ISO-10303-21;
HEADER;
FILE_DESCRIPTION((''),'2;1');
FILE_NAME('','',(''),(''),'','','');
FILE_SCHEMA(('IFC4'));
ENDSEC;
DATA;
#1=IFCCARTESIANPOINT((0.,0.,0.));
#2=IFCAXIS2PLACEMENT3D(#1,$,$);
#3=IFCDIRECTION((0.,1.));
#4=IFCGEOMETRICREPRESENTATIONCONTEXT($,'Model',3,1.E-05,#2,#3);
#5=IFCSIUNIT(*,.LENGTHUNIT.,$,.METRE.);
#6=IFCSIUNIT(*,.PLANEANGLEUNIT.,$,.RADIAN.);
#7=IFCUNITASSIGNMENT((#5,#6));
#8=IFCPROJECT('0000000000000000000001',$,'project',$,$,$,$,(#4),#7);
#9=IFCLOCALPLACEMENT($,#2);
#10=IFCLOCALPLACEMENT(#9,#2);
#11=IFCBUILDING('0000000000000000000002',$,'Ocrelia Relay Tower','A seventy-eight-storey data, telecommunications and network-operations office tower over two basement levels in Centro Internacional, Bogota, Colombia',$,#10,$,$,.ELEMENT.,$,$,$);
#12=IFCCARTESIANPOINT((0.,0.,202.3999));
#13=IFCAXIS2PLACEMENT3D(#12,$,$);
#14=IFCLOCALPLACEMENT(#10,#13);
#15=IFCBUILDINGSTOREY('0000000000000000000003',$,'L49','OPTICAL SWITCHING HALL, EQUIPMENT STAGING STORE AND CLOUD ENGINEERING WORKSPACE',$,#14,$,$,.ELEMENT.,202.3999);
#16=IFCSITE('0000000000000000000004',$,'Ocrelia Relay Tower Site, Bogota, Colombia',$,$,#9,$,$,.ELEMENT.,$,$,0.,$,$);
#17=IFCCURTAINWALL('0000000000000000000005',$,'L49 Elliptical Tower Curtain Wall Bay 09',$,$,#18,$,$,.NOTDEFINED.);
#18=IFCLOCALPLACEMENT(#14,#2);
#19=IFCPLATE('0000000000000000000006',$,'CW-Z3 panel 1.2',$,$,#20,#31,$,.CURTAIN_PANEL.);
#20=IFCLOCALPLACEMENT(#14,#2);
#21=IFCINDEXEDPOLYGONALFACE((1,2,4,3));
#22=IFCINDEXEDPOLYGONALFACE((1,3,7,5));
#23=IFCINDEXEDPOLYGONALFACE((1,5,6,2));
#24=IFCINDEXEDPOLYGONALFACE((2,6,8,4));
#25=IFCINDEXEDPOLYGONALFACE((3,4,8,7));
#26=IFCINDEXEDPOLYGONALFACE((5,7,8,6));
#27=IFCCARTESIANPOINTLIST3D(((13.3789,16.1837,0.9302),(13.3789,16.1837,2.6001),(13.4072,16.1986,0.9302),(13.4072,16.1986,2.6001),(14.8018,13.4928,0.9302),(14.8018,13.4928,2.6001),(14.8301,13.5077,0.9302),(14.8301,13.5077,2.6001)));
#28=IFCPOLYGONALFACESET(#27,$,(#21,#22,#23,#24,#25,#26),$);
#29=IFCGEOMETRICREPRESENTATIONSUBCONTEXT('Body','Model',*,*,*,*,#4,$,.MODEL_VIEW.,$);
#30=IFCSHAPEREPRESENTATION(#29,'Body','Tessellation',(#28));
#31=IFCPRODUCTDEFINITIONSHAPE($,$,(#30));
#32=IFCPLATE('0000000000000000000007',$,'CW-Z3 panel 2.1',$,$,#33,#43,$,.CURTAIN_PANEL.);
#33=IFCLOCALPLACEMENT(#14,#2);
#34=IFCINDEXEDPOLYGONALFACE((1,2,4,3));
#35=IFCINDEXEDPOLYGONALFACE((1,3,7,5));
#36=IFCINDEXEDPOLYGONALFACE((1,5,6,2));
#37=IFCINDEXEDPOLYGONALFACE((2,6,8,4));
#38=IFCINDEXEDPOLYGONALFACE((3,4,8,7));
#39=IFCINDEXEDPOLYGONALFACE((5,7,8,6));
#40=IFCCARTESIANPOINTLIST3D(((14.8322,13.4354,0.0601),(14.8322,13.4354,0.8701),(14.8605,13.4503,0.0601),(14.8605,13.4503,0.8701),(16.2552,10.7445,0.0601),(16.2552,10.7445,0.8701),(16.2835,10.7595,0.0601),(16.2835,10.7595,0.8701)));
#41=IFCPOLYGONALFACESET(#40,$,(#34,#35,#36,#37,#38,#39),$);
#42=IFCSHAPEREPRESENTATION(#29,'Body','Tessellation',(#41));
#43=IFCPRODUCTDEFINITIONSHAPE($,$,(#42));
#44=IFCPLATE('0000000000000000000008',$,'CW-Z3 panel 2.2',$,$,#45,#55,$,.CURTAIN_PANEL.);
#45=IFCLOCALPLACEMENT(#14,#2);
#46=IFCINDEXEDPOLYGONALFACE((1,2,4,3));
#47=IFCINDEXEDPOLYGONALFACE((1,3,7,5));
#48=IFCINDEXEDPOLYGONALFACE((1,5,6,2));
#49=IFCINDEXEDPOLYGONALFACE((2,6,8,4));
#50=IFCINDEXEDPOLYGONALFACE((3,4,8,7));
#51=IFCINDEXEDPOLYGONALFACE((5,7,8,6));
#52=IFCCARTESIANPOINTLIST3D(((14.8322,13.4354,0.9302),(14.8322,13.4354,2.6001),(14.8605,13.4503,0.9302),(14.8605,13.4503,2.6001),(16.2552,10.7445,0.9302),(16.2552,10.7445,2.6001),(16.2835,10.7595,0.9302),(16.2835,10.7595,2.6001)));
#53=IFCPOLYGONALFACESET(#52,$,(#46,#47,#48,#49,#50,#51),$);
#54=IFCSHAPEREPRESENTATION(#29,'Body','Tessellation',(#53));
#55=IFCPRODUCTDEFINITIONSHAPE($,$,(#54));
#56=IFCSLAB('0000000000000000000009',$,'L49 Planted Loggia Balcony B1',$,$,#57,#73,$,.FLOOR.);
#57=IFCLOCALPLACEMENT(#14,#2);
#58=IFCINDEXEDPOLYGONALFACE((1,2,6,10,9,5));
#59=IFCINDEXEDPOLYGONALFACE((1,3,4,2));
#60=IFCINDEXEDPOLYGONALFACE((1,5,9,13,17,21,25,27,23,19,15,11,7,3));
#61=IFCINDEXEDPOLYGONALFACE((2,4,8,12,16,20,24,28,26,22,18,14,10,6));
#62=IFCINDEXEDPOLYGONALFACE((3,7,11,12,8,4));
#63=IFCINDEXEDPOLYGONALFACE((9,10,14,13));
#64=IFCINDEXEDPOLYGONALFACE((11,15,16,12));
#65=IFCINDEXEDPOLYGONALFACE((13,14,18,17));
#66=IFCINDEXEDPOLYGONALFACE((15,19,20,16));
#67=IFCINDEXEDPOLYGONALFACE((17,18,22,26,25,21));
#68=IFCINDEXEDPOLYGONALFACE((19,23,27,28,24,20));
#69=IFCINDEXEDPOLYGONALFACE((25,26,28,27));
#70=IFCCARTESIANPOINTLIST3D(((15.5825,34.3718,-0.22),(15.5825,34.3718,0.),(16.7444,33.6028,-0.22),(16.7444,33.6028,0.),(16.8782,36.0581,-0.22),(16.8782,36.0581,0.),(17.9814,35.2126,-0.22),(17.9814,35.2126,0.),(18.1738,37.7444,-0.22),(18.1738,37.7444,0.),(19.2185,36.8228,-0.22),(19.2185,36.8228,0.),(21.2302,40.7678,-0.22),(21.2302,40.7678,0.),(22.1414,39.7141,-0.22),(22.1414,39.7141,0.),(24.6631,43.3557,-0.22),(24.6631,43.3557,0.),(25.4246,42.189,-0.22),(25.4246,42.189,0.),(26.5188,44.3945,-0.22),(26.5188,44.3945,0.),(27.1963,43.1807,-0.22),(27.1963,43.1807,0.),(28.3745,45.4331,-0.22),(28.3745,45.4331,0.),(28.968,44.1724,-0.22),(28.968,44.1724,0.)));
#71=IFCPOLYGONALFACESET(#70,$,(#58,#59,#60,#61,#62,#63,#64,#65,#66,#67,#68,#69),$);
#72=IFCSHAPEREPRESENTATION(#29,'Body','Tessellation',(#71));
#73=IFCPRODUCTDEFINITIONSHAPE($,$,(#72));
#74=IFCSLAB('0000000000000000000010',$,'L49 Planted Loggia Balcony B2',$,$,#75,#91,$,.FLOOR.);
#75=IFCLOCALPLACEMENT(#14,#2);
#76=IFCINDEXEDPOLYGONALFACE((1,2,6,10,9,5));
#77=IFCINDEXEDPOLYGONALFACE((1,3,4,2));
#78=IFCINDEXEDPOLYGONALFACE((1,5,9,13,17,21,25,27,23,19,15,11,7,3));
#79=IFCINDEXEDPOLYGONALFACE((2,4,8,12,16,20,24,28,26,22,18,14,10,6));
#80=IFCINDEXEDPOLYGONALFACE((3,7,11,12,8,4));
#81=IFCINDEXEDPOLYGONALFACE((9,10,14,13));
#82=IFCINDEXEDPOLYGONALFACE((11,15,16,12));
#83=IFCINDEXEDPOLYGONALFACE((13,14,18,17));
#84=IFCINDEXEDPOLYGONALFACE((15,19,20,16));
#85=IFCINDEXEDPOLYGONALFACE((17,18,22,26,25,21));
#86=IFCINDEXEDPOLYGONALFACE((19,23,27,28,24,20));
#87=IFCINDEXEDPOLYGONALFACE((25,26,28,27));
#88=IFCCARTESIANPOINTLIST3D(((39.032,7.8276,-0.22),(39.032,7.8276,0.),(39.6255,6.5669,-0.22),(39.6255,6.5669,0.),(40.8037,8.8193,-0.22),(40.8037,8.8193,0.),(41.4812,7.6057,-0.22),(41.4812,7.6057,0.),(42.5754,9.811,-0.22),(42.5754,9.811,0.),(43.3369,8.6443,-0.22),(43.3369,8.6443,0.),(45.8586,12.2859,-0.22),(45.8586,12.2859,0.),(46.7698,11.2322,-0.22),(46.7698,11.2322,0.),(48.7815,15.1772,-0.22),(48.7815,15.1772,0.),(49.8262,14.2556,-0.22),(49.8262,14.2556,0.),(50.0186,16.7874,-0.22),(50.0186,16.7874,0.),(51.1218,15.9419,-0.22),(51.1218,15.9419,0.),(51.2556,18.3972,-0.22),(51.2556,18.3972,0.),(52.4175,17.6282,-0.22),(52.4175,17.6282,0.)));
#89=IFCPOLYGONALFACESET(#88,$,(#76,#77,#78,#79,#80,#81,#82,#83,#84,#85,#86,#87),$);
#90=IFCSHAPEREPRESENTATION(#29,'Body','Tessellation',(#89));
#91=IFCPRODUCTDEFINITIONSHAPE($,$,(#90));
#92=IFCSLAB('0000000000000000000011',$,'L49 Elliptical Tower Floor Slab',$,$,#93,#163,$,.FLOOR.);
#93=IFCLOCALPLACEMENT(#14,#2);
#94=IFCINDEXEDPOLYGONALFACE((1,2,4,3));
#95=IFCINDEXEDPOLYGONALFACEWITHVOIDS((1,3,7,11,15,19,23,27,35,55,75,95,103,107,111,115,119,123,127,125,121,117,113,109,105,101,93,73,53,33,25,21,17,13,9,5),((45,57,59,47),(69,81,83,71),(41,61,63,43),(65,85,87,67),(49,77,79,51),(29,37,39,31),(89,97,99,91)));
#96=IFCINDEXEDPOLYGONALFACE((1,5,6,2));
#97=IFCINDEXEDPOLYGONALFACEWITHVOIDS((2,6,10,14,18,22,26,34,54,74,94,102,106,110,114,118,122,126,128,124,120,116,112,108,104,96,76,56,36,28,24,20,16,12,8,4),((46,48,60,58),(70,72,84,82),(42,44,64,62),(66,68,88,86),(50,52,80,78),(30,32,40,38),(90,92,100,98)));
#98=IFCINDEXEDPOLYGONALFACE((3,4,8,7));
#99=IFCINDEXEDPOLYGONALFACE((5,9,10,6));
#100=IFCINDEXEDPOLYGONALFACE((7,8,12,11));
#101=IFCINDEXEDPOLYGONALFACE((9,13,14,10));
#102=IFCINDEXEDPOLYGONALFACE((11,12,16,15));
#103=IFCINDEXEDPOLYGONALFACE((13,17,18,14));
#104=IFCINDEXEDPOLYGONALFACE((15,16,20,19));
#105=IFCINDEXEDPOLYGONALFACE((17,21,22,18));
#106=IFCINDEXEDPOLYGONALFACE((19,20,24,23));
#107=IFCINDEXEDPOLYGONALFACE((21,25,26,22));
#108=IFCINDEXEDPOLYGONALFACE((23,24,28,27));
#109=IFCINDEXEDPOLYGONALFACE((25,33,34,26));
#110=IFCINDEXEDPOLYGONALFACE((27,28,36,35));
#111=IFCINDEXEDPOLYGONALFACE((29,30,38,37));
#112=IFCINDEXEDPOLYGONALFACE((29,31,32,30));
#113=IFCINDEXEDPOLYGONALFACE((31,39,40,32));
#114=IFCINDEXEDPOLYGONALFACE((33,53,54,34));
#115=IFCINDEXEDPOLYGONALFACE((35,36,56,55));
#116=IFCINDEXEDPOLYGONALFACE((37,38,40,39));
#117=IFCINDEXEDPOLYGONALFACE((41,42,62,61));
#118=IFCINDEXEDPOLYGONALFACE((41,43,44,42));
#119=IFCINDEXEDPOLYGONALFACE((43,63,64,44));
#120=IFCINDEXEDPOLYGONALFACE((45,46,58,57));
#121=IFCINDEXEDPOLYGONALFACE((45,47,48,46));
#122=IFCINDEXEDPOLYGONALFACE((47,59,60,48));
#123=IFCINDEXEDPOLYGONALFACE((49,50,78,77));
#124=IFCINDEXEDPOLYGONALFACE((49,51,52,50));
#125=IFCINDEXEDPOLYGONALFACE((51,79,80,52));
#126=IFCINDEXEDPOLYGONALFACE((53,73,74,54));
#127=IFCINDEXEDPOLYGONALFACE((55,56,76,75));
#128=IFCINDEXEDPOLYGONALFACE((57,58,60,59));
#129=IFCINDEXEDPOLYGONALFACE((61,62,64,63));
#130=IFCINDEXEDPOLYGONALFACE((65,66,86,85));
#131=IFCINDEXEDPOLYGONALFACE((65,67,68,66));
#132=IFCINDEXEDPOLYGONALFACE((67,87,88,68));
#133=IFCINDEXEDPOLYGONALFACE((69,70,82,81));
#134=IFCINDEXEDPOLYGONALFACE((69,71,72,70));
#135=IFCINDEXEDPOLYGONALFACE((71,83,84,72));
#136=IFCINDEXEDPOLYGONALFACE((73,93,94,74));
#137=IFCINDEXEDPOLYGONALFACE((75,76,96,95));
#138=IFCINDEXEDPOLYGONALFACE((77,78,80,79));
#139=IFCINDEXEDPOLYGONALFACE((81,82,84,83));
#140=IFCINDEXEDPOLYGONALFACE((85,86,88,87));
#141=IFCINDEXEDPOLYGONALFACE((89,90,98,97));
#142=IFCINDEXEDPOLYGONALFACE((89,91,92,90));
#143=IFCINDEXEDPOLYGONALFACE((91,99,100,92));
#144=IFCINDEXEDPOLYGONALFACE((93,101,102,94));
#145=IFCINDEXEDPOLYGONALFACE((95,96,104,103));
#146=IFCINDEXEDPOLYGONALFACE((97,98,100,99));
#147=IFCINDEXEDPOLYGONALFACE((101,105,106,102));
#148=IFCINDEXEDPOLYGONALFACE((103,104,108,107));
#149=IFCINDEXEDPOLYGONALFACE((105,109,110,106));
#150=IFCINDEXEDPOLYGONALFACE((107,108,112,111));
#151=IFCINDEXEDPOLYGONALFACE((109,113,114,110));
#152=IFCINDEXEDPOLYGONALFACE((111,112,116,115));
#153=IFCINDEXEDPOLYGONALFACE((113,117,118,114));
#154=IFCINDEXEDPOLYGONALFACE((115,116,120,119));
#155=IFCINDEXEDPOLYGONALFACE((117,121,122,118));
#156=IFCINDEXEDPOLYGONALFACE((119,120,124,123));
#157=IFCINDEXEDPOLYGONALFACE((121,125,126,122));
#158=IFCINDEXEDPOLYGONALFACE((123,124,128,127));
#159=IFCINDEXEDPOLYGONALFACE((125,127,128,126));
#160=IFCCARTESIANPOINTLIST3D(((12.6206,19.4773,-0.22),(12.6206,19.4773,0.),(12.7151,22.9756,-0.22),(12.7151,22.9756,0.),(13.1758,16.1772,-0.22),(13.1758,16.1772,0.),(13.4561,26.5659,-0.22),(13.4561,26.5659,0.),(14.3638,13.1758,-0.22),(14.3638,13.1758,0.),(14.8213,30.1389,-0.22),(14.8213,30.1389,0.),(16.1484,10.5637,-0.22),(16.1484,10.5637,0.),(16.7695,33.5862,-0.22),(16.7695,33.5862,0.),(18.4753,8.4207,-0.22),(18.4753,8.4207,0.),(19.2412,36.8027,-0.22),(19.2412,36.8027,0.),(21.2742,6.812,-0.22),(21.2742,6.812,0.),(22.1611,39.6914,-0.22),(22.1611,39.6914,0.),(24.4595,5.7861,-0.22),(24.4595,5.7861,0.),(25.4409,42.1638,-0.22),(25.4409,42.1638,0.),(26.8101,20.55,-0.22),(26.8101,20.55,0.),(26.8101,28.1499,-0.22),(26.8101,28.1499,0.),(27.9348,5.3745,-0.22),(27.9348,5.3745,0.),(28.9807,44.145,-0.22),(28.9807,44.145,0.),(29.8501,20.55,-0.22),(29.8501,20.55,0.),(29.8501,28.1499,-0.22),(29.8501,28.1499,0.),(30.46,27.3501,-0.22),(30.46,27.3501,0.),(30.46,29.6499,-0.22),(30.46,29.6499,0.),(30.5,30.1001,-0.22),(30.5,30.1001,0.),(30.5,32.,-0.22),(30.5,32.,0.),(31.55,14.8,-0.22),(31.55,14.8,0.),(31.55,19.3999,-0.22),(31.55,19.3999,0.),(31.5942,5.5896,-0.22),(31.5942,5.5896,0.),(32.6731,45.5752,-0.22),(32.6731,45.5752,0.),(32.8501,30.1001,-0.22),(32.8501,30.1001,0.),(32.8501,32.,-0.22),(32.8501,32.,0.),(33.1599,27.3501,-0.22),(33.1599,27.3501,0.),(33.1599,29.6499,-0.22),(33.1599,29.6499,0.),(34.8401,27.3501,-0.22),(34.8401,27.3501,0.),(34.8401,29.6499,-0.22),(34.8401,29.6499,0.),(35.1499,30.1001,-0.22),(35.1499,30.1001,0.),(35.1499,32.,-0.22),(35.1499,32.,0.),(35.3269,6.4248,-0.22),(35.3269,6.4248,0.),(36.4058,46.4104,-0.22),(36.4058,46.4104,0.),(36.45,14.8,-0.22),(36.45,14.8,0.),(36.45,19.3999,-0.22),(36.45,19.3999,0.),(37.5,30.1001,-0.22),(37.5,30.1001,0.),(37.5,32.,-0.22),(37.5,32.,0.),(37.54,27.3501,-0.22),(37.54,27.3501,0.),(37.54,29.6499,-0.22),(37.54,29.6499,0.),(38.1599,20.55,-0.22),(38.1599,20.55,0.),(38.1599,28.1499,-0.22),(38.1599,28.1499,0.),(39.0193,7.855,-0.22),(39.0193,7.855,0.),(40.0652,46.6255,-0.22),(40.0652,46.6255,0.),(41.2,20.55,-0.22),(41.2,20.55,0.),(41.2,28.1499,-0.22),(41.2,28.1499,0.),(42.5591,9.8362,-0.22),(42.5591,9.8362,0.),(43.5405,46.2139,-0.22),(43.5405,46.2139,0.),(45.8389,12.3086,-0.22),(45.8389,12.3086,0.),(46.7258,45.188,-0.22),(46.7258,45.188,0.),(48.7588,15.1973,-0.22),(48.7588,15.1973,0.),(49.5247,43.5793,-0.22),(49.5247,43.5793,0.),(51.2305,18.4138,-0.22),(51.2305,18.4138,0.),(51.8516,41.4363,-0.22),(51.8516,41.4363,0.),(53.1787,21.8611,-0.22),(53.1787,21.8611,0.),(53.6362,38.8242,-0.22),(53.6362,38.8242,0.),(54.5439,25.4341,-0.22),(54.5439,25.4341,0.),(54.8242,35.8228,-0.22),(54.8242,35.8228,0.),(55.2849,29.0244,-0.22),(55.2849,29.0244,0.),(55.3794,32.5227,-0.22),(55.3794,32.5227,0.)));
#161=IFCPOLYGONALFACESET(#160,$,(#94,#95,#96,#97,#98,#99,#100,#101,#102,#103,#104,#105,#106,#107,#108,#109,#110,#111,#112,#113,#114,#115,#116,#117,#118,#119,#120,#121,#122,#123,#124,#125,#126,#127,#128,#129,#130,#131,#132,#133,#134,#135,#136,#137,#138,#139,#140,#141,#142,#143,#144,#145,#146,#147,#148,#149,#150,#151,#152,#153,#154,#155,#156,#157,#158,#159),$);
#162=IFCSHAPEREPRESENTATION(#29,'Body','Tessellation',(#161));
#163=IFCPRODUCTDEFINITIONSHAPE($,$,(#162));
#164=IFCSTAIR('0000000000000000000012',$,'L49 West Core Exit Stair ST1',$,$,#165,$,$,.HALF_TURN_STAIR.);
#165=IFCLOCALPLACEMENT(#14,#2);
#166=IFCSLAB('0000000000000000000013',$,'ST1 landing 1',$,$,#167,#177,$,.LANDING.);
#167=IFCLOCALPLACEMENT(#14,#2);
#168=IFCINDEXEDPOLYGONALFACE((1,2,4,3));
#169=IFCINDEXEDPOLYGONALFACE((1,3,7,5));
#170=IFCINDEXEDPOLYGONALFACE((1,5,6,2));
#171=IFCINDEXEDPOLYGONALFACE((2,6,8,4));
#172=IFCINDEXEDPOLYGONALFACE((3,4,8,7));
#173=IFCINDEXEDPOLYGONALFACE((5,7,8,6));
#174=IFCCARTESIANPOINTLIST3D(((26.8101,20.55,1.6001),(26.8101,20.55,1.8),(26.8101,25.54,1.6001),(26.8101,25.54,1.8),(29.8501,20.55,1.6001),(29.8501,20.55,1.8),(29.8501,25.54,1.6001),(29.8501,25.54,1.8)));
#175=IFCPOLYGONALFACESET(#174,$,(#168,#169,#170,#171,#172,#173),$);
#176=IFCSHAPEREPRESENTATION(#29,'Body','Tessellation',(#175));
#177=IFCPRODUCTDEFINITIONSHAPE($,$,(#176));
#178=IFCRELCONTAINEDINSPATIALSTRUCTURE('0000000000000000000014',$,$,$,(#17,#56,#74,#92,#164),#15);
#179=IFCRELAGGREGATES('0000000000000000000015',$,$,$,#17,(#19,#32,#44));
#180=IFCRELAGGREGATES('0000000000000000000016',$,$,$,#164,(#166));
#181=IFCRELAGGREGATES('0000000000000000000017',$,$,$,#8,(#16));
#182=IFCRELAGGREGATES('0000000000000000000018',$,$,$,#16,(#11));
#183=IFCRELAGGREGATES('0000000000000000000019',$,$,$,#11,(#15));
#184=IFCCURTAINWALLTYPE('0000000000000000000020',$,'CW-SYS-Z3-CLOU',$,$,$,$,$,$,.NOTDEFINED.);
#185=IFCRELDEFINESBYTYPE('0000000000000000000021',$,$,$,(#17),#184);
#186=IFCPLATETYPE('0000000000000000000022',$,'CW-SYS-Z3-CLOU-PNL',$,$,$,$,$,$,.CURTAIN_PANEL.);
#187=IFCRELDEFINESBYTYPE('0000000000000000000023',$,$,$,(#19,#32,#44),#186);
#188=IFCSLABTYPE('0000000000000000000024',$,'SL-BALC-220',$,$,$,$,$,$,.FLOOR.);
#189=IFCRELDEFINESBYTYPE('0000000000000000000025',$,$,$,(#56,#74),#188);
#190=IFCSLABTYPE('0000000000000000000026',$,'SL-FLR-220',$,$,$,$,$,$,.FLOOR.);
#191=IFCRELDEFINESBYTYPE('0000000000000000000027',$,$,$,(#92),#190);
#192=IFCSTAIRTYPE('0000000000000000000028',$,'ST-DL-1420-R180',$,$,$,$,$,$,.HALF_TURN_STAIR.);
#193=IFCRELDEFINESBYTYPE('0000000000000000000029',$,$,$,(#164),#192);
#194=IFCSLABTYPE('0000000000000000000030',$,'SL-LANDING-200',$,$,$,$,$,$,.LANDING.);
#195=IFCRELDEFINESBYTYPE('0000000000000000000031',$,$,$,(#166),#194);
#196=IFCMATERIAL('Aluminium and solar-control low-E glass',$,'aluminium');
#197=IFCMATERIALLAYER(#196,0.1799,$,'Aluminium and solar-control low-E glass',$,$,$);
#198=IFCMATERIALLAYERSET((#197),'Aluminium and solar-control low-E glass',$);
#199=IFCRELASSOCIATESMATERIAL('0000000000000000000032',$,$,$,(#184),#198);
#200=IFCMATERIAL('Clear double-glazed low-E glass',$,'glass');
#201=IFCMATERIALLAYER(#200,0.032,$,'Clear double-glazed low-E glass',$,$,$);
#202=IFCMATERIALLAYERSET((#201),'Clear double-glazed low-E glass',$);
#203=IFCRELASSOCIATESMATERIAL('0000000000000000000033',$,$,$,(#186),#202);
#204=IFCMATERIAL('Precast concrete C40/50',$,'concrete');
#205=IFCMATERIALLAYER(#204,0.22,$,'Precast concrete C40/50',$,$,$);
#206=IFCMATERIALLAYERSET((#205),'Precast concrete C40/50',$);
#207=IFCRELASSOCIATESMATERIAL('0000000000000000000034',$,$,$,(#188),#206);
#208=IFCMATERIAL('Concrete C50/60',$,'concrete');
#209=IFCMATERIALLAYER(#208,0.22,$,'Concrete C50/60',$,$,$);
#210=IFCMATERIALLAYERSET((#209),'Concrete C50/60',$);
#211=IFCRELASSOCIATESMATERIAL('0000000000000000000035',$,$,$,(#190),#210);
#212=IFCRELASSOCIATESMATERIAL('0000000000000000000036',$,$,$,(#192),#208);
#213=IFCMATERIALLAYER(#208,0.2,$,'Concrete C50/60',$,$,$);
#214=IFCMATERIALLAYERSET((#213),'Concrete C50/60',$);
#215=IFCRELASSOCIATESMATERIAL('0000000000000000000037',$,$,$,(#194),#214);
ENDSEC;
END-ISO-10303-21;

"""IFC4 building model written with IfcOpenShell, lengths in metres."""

from ifc_helpers import new_model, si_unit, direction, frame, origin, origin_2d, place, context, subcontext, project, spatial, polyline, rectangle, outline, extrude, material, layer, layer_set, type_object, element, aggregate, save


model = new_model("IFC4")

# Units and contexts
model_context = context("Model", 3, precision=1e-05, world=origin(), true_north=direction((0.0, 1.0)))
body_context = subcontext(model_context, "Body", "Model", "MODEL_VIEW")
ifc_project = project(units=[si_unit("LENGTHUNIT", "METRE"), si_unit("PLANEANGLEUNIT", "RADIAN")], contexts=[model_context])

# Site, building, storey
site_placement = place(None, origin())
site = spatial("IfcSite", under=ifc_project, at=site_placement, Name="Ocrelia Relay Tower Site, Bogota, Colombia", CompositionType="ELEMENT", RefElevation=0.0)
building_placement = place(site_placement, origin())
building = spatial("IfcBuilding", under=site, at=building_placement, Name="Ocrelia Relay Tower", Description="A seventy-eight-storey data, telecommunications and network-operations office tower over two basement levels in Centro Internacional, Bogota, Colombia", CompositionType="ELEMENT")
storey_placement = place(building_placement, frame((0.0, 0.0, 202.3999)))
storey = spatial("IfcBuildingStorey", under=building, at=storey_placement, Name="L49", Description="OPTICAL SWITCHING HALL, EQUIPMENT STAGING STORE AND CLOUD ENGINEERING WORKSPACE", CompositionType="ELEMENT", Elevation=202.3999)

# Curtain wall
ifc_material_1 = material(Name="Aluminium and solar-control low-E glass", Category="aluminium")
ifc_layer_1 = layer(ifc_material_1, 0.1799, Name="Aluminium and solar-control low-E glass")
ifc_layer_set_1 = layer_set([ifc_layer_1], Name="Aluminium and solar-control low-E glass")
curtain_wall_type = type_object("IfcCurtainWallType", Name="CW-SYS-Z3-CLOU", PredefinedType="NOTDEFINED", material=ifc_layer_set_1)
curtain_wall_1_placement = place(storey_placement, origin())
curtain_wall_1 = element("IfcCurtainWall", 1, at=curtain_wall_1_placement, inside=storey, type_object=curtain_wall_type, Name="L49 Elliptical Tower Curtain Wall Bay 09", PredefinedType="NOTDEFINED")

# Plates
ifc_material_2 = material(Name="Clear double-glazed low-E glass", Category="glass")
ifc_layer_2 = layer(ifc_material_2, 0.032, Name="Clear double-glazed low-E glass")
ifc_layer_set_2 = layer_set([ifc_layer_2], Name="Clear double-glazed low-E glass")
plate_type = type_object("IfcPlateType", Name="CW-SYS-Z3-CLOU-PNL", PredefinedType="CURTAIN_PANEL", material=ifc_layer_set_2)
plate_1_placement = place(storey_placement, frame((14.1045, 14.8457, 0.9302), z_axis=(0.0, 0.0, 1.0), x_axis=(0.467471, -0.884008, 0.0)))
plate_1 = element("IfcPlate", 2, at=plate_1_placement, type_object=plate_type, Name="CW-Z3 panel 1.2", PredefinedType="CURTAIN_PANEL", context=body_context, shape_type="SweptSolid", body=[
    extrude(rectangle(XDim=3.0439, YDim=0.032, at=origin_2d()), origin(), (0.0, 0.0, 1.0), 1.6699),
])
plate_2_placement = place(storey_placement, frame((15.5579, 12.0974, 0.0601), z_axis=(0.0, 0.0, 1.0), x_axis=(0.467471, -0.884008, 0.0)))
plate_2 = element("IfcPlate", 3, at=plate_2_placement, type_object=plate_type, Name="CW-Z3 panel 2.1", PredefinedType="CURTAIN_PANEL", context=body_context, shape_type="SweptSolid", body=[
    extrude(rectangle(XDim=3.0439, YDim=0.032, at=origin_2d()), origin(), (0.0, 0.0, 1.0), 0.8101),
])
plate_3_placement = place(storey_placement, frame((15.5579, 12.0974, 0.9302), z_axis=(0.0, 0.0, 1.0), x_axis=(0.467471, -0.884008, 0.0)))
plate_3 = element("IfcPlate", 4, at=plate_3_placement, type_object=plate_type, Name="CW-Z3 panel 2.2", PredefinedType="CURTAIN_PANEL", context=body_context, shape_type="SweptSolid", body=[
    extrude(rectangle(XDim=3.0439, YDim=0.032, at=origin_2d()), origin(), (0.0, 0.0, 1.0), 1.6699),
])
aggregate(curtain_wall_1, [plate_1, plate_2, plate_3])

# Slabs
ifc_material_3 = material(Name="Precast concrete C40/50", Category="concrete")
ifc_layer_3 = layer(ifc_material_3, 0.22, Name="Precast concrete C40/50")
ifc_layer_set_3 = layer_set([ifc_layer_3], Name="Precast concrete C40/50")
slab_type_1 = type_object("IfcSlabType", Name="SL-BALC-220", PredefinedType="FLOOR", material=ifc_layer_set_3)
slab_1_placement = place(storey_placement, frame((0.0, 0.0, -0.22)))
element("IfcSlab", 5, at=slab_1_placement, inside=storey, type_object=slab_type_1, Name="L49 Planted Loggia Balcony B1", PredefinedType="FLOOR", context=body_context, shape_type="SweptSolid", body=[
    extrude(outline(polyline([(28.968, 44.1724), (27.1963, 43.1807), (25.4246, 42.189), (22.1414, 39.7141), (19.2185, 36.8228), (17.9814, 35.2126), (16.7444, 33.6028), (15.5825, 34.3718), (16.8782, 36.0581), (18.1738, 37.7444), (21.2302, 40.7678), (24.6631, 43.3557), (26.5188, 44.3945), (28.3745, 45.4331), (28.968, 44.1724)])), origin(), (0.0, 0.0, 1.0), 0.22),
])
slab_2_placement = place(storey_placement, frame((0.0, 0.0, -0.22)))
element("IfcSlab", 6, at=slab_2_placement, inside=storey, type_object=slab_type_1, Name="L49 Planted Loggia Balcony B2", PredefinedType="FLOOR", context=body_context, shape_type="SweptSolid", body=[
    extrude(outline(polyline([(39.032, 7.8276), (40.8037, 8.8193), (42.5754, 9.811), (45.8586, 12.2859), (48.7815, 15.1772), (50.0186, 16.7874), (51.2556, 18.3972), (52.4175, 17.6282), (51.1218, 15.9419), (49.8262, 14.2556), (46.7698, 11.2322), (43.3369, 8.6443), (41.4812, 7.6057), (39.6255, 6.5669), (39.032, 7.8276)])), origin(), (0.0, 0.0, 1.0), 0.22),
])
ifc_material_4 = material(Name="Concrete C50/60", Category="concrete")
ifc_layer_4 = layer(ifc_material_4, 0.22, Name="Concrete C50/60")
ifc_layer_set_4 = layer_set([ifc_layer_4], Name="Concrete C50/60")
slab_type_2 = type_object("IfcSlabType", Name="SL-FLR-220", PredefinedType="FLOOR", material=ifc_layer_set_4)
slab_3_placement = place(storey_placement, frame((0.0, 0.0, -0.22)))
element("IfcSlab", 7, at=slab_3_placement, inside=storey, type_object=slab_type_2, Name="L49 Elliptical Tower Floor Slab", PredefinedType="FLOOR", context=body_context, shape_type="SweptSolid", body=[
    extrude(outline(polyline([(51.8516, 41.4363), (49.5247, 43.5793), (46.7258, 45.188), (43.5405, 46.2139), (40.0652, 46.6255), (36.4058, 46.4104), (32.6731, 45.5752), (28.9807, 44.145), (25.4409, 42.1638), (22.1611, 39.6914), (19.2412, 36.8027), (16.7695, 33.5862), (14.8213, 30.1389), (13.4561, 26.5659), (12.7151, 22.9756), (12.6206, 19.4773), (13.1758, 16.1772), (14.3638, 13.1758), (16.1484, 10.5637), (18.4753, 8.4207), (21.2742, 6.812), (24.4595, 5.7861), (27.9348, 5.3745), (31.5942, 5.5896), (35.3269, 6.4248), (39.0193, 7.855), (42.5591, 9.8362), (45.8389, 12.3086), (48.7588, 15.1973), (51.2305, 18.4138), (53.1787, 21.8611), (54.5439, 25.4341), (55.2849, 29.0244), (55.3794, 32.5227), (54.8242, 35.8228), (53.6362, 38.8242), (51.8516, 41.4363)]), holes=[polyline([(26.8101, 28.1499), (26.8101, 20.55), (29.8501, 20.55), (29.8501, 28.1499), (26.8101, 28.1499)]), polyline([(38.1599, 28.1499), (38.1599, 20.55), (41.2, 20.55), (41.2, 28.1499), (38.1599, 28.1499)]), polyline([(30.46, 27.3501), (33.1599, 27.3501), (33.1599, 29.6499), (30.46, 29.6499), (30.46, 27.3501)]), polyline([(34.8401, 27.3501), (37.54, 27.3501), (37.54, 29.6499), (34.8401, 29.6499), (34.8401, 27.3501)]), polyline([(30.5, 30.1001), (32.8501, 30.1001), (32.8501, 32.0), (30.5, 32.0), (30.5, 30.1001)]), polyline([(35.1499, 30.1001), (37.5, 30.1001), (37.5, 32.0), (35.1499, 32.0), (35.1499, 30.1001)]), polyline([(31.55, 14.8), (36.45, 14.8), (36.45, 19.3999), (31.55, 19.3999), (31.55, 14.8)])]), origin(), (0.0, 0.0, 1.0), 0.22),
])

# Stair, slab
stair_type = type_object("IfcStairType", Name="ST-DL-1420-R180", PredefinedType="HALF_TURN_STAIR", material=ifc_material_4)
stair_1_placement = place(storey_placement, origin())
stair_1 = element("IfcStair", 8, at=stair_1_placement, inside=storey, type_object=stair_type, Name="L49 West Core Exit Stair ST1", PredefinedType="HALF_TURN_STAIR")
ifc_layer_5 = layer(ifc_material_4, 0.2, Name="Concrete C50/60")
ifc_layer_set_5 = layer_set([ifc_layer_5], Name="Concrete C50/60")
slab_type_3 = type_object("IfcSlabType", Name="SL-LANDING-200", PredefinedType="LANDING", material=ifc_layer_set_5)
slab_4_placement = place(storey_placement, frame((0.0, 0.0, 1.6001)))
slab_4 = element("IfcSlab", 9, at=slab_4_placement, type_object=slab_type_3, Name="ST1 landing 1", PredefinedType="LANDING", context=body_context, shape_type="SweptSolid", body=[
    extrude(outline(polyline([(26.8101, 25.54), (26.8101, 20.55), (29.8501, 20.55), (29.8501, 25.54), (26.8101, 25.54)])), origin(), (0.0, 0.0, 1.0), 0.2),
])
aggregate(stair_1, [slab_4])

save(model, "model.ifc")
